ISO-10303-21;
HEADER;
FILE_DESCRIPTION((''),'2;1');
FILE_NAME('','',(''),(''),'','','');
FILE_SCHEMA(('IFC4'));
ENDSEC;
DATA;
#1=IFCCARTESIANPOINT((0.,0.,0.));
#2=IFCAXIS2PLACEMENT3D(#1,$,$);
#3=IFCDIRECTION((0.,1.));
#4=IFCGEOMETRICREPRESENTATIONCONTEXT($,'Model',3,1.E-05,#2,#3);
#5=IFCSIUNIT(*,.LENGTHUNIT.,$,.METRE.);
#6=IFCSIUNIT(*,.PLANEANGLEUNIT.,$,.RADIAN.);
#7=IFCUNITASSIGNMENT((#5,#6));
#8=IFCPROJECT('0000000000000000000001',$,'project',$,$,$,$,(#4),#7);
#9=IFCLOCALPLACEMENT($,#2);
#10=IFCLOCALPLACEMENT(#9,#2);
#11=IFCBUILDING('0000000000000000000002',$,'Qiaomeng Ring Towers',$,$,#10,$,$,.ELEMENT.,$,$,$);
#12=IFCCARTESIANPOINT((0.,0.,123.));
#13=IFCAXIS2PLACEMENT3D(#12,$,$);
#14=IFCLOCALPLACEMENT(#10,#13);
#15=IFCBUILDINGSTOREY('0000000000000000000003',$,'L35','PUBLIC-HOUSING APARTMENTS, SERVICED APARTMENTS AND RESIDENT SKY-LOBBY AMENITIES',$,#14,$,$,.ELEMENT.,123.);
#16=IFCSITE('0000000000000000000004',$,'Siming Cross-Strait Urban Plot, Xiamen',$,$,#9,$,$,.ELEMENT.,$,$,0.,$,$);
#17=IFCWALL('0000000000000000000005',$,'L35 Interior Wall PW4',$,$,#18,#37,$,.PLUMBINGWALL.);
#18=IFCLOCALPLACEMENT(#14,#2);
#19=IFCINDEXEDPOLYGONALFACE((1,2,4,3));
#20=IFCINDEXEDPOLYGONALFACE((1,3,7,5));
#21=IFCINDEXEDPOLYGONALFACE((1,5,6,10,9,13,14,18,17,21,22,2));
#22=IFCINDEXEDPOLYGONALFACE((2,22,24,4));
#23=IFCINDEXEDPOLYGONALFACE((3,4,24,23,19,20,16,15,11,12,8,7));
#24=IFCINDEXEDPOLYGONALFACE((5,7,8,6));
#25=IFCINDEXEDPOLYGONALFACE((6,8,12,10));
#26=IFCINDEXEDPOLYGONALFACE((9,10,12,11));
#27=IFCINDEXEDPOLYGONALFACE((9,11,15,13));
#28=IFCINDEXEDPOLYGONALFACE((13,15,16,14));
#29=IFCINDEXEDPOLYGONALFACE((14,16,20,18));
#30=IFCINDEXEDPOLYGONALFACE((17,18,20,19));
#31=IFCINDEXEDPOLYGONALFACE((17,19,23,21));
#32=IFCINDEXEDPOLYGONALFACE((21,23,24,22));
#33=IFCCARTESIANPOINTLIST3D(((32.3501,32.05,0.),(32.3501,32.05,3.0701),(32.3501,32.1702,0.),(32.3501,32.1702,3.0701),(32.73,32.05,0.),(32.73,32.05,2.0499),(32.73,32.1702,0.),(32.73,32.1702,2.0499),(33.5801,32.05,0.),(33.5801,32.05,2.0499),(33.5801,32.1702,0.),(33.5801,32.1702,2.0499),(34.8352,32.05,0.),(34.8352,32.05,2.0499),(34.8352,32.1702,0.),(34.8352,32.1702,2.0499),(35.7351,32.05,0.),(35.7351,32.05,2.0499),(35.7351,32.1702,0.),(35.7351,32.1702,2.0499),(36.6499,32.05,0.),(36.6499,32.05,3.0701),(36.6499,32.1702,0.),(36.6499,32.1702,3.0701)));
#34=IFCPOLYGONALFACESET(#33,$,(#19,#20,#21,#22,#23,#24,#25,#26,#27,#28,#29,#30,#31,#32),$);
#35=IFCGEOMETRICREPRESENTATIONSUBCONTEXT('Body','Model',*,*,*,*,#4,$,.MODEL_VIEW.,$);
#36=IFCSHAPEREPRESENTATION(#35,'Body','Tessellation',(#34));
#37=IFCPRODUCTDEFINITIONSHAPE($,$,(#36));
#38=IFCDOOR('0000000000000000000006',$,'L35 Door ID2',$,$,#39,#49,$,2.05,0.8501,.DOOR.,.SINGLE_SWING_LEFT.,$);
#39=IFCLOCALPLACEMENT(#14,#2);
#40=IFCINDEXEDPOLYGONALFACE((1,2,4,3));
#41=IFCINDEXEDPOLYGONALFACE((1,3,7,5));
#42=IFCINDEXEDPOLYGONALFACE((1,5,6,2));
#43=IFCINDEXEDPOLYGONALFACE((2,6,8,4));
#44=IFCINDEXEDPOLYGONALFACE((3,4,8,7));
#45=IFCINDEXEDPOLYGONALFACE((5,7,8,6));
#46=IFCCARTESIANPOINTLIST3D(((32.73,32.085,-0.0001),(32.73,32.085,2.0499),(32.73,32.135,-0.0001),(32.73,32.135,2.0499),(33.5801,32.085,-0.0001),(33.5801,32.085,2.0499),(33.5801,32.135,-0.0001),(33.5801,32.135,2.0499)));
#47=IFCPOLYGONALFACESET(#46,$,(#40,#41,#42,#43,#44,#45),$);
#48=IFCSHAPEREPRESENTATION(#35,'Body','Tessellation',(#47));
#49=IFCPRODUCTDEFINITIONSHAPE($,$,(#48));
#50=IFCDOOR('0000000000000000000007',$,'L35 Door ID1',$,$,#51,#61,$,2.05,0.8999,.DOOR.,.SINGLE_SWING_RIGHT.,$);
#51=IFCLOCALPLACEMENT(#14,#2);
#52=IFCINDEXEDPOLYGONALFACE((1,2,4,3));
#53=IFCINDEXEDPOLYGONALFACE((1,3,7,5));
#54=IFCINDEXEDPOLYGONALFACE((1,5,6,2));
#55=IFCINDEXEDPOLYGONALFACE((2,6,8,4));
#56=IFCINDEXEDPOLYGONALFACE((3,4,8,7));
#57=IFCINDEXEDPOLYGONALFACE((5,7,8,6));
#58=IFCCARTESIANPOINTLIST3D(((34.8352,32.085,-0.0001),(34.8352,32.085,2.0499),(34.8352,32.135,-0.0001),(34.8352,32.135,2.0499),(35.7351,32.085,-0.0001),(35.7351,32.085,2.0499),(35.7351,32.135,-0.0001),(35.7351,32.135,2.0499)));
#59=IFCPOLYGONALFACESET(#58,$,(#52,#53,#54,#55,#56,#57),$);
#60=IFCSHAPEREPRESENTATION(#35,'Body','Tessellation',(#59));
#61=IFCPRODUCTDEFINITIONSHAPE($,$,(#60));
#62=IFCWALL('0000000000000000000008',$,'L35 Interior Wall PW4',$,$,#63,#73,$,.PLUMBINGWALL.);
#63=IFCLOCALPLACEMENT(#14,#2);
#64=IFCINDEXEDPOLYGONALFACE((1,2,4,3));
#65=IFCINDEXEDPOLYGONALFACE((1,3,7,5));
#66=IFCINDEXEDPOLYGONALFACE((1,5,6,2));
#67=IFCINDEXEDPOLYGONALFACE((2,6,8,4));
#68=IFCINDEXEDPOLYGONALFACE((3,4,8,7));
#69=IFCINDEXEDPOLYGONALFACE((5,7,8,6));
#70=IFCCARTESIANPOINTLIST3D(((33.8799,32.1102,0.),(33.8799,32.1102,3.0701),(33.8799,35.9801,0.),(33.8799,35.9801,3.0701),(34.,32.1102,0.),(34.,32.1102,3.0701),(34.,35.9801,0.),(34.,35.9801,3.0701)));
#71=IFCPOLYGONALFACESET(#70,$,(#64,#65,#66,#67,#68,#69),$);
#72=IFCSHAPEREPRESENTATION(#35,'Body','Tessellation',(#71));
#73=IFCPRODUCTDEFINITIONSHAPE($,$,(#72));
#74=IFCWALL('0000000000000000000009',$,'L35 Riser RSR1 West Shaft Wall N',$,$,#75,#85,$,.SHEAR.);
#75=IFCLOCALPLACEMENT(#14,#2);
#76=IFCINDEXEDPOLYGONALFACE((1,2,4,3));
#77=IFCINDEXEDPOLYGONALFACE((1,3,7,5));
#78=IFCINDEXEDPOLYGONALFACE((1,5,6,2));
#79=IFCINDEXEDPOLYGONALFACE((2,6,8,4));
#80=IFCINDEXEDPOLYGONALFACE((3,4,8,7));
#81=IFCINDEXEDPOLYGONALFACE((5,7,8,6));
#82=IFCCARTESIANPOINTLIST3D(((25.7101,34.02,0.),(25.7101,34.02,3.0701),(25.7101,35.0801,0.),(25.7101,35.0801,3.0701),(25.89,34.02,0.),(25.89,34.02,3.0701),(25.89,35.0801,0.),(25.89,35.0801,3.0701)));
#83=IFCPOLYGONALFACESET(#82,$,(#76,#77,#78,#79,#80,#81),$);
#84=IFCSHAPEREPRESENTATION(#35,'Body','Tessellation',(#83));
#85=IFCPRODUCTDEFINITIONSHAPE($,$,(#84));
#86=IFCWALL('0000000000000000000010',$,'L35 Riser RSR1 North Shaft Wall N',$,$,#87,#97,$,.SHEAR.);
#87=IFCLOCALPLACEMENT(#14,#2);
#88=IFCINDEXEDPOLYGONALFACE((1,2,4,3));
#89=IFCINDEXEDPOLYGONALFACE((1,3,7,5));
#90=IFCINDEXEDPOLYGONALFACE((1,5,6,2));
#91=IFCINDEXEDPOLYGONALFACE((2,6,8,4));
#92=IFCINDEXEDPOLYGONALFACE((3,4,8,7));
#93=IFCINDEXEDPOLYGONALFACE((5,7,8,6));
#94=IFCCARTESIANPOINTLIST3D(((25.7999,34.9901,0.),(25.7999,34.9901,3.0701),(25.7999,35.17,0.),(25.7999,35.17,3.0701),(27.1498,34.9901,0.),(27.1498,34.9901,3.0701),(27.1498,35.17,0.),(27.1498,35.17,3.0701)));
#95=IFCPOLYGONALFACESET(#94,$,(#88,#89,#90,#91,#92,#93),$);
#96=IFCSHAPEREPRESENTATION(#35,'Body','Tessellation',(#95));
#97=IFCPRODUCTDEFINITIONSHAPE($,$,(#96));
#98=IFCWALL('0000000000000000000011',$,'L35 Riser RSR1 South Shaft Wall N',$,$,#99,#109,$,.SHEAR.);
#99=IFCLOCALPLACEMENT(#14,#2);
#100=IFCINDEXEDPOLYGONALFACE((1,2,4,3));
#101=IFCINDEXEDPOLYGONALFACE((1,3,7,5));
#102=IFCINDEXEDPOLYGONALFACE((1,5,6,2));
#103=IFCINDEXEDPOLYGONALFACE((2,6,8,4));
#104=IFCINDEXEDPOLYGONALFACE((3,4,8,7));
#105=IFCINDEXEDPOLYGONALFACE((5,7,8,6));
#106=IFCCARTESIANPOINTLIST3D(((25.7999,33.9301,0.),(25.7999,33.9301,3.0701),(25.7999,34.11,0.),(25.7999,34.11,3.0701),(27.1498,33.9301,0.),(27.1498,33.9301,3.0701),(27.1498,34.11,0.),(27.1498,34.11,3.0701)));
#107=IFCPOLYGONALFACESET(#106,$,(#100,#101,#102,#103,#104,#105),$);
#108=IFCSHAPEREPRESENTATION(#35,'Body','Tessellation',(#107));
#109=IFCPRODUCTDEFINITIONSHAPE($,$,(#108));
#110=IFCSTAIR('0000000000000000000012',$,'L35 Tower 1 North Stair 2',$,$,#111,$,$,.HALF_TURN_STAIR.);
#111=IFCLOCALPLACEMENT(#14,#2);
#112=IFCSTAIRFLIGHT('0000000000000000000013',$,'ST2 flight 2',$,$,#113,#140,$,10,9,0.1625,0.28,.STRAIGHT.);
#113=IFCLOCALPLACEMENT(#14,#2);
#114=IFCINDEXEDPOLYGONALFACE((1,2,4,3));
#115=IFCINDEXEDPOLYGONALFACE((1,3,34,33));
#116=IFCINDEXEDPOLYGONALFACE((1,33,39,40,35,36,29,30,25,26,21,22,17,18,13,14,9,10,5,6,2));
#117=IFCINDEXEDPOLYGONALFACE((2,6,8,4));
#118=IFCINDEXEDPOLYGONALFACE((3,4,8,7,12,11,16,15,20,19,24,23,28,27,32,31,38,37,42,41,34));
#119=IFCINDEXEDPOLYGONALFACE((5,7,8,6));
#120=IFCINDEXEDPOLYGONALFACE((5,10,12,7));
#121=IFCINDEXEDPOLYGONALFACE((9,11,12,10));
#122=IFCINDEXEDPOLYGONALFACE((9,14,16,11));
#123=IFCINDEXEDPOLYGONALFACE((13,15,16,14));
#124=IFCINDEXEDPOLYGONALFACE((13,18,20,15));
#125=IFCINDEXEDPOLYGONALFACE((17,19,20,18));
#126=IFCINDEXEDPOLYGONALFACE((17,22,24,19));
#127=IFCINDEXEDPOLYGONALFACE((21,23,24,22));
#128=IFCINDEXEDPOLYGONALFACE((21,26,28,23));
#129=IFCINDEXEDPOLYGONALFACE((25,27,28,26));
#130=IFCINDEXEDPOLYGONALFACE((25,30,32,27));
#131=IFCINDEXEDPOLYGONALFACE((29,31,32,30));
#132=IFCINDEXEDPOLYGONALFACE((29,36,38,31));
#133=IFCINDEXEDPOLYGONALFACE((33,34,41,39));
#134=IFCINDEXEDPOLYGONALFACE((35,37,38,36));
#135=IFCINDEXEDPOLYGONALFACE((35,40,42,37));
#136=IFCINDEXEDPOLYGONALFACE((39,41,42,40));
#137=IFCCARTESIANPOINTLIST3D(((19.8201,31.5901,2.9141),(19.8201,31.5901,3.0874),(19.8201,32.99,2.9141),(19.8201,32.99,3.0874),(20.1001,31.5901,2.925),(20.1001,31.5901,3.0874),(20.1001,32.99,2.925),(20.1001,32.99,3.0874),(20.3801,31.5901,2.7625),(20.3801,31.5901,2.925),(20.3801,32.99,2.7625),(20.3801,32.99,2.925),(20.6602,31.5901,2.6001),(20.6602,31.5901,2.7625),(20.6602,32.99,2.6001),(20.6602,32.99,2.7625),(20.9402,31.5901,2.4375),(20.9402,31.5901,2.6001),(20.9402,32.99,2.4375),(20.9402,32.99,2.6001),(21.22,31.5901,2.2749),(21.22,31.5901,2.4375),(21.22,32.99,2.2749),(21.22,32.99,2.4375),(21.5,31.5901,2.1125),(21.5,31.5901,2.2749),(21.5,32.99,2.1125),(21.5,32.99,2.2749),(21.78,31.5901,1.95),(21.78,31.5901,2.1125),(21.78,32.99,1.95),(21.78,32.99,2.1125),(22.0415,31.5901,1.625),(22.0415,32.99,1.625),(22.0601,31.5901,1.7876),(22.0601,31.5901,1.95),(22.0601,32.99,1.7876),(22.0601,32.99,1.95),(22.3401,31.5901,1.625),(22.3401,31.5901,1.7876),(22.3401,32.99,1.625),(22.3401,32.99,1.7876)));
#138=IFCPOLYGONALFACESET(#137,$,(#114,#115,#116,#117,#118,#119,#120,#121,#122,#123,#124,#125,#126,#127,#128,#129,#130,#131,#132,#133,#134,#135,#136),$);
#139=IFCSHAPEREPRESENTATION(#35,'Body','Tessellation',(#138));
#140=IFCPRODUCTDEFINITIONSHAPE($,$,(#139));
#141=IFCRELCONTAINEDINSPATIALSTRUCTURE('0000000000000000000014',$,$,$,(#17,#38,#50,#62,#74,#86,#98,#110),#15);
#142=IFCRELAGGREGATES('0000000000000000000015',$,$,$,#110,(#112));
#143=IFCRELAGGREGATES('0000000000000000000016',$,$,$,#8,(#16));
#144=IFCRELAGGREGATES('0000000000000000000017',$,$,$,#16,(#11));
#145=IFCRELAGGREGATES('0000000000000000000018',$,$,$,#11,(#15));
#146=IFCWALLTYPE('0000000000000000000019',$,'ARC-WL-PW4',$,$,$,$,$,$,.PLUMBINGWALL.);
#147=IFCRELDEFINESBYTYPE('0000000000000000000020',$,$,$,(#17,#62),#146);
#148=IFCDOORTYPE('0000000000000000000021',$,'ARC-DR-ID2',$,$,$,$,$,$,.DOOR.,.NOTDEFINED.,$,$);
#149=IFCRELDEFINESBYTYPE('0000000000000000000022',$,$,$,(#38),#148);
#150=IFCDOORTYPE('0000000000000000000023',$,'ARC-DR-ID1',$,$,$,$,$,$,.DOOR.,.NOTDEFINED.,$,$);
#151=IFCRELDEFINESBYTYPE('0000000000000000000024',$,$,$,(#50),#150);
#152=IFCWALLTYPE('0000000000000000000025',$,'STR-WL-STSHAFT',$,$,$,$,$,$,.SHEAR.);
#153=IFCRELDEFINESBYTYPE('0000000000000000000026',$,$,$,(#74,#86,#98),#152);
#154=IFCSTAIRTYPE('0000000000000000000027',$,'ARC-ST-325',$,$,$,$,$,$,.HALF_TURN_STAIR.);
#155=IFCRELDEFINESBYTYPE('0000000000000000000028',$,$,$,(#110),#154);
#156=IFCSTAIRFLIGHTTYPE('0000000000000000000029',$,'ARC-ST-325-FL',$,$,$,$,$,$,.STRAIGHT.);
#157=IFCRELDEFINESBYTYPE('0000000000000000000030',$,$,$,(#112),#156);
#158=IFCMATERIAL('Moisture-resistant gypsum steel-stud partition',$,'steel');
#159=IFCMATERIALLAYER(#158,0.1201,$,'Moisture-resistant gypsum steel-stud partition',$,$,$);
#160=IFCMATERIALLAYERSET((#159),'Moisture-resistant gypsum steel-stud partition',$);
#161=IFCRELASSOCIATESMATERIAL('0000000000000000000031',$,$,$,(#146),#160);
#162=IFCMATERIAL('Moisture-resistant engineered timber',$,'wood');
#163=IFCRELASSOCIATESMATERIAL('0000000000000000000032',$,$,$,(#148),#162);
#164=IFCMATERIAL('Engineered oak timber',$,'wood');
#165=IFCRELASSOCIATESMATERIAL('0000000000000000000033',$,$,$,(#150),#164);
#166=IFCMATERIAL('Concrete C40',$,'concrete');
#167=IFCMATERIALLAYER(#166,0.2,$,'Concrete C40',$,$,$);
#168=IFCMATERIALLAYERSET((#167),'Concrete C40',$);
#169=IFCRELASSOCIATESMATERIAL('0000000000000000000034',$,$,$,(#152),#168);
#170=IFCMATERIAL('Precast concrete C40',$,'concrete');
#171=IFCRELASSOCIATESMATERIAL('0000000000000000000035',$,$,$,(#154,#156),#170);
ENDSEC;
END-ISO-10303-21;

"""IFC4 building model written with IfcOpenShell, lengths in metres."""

from ifc_helpers import new_model, si_unit, direction, frame, frame_2d, origin, place, context, subcontext, project, spatial, polyline, rectangle, outline, extrude, source, transform, mapped, material, layer, layer_set, type_object, element, fill, aggregate, save


model = new_model("IFC4")

# Units and contexts
model_context = context("Model", 3, precision=1e-05, world=origin(), true_north=direction((0.0, 1.0)))
body_context = subcontext(model_context, "Body", "Model", "MODEL_VIEW")
ifc_project = project(units=[si_unit("LENGTHUNIT", "METRE"), si_unit("PLANEANGLEUNIT", "RADIAN")], contexts=[model_context])

# Site, building, storey
site_placement = place(None, origin())
site = spatial("IfcSite", under=ifc_project, at=site_placement, Name="Siming Cross-Strait Urban Plot, Xiamen", CompositionType="ELEMENT", RefElevation=0.0)
building_placement = place(site_placement, origin())
building = spatial("IfcBuilding", under=site, at=building_placement, Name="Qiaomeng Ring Towers", CompositionType="ELEMENT")
storey_placement = place(building_placement, frame((0.0, 0.0, 123.0)))
storey = spatial("IfcBuildingStorey", under=building, at=storey_placement, Name="L35", Description="PUBLIC-HOUSING APARTMENTS, SERVICED APARTMENTS AND RESIDENT SKY-LOBBY AMENITIES", CompositionType="ELEMENT", Elevation=123.0)

# Shared definitions
ifc_material_1 = material(Name="Precast concrete C40", Category="concrete")

# Wall, openings, doors
ifc_material_2 = material(Name="Moisture-resistant gypsum steel-stud partition", Category="steel")
ifc_layer_1 = layer(ifc_material_2, 0.1201, Name="Moisture-resistant gypsum steel-stud partition")
ifc_layer_set_1 = layer_set([ifc_layer_1], Name="Moisture-resistant gypsum steel-stud partition")
wall_type_1 = type_object("IfcWallType", Name="ARC-WL-PW4", PredefinedType="PLUMBINGWALL", material=ifc_layer_set_1)
wall_1_placement = place(storey_placement, frame((32.3501, 32.1101, 0.0), z_axis=(0.0, 0.0, 1.0), x_axis=(1.0, 0.0, 0.0)))
wall_1 = element("IfcWall", 1, at=wall_1_placement, inside=storey, type_object=wall_type_1, Name="L35 Interior Wall PW4", PredefinedType="PLUMBINGWALL", context=body_context, shape_type="SweptSolid", body=[
    extrude(rectangle(XDim=4.2998, YDim=0.1201, at=frame_2d((2.1499, 0.0))), origin(), (0.0, 0.0, 1.0), 3.0701),
])
opening_1_placement = place(wall_1_placement, frame((0.3799, 0.0, 0.0)))
opening_1 = element("IfcOpeningElement", 2, at=opening_1_placement, cuts=wall_1, PredefinedType="OPENING", context=body_context, shape_type="SweptSolid", body=[
    extrude(rectangle(XDim=0.8501, YDim=2.05, at=frame_2d((0.425, 1.0249))), frame((0.0, 0.0701, 0.0), z_axis=(0.0, -1.0, 0.0), x_axis=(1.0, 0.0, 0.0)), (0.0, 0.0, 1.0), 0.1401),
])
opening_2_placement = place(wall_1_placement, frame((2.4851, 0.0, 0.0)))
opening_2 = element("IfcOpeningElement", 3, at=opening_2_placement, cuts=wall_1, PredefinedType="OPENING", context=body_context, shape_type="SweptSolid", body=[
    extrude(rectangle(XDim=0.8999, YDim=2.05, at=frame_2d((0.45, 1.0249))), frame((0.0, 0.0701, 0.0), z_axis=(0.0, -1.0, 0.0), x_axis=(1.0, 0.0, 0.0)), (0.0, 0.0, 1.0), 0.1401),
])
ifc_material_3 = material(Name="Moisture-resistant engineered timber", Category="wood")
door_type_1 = type_object("IfcDoorType", Name="ARC-DR-ID2", OperationType="NOTDEFINED", PredefinedType="DOOR", material=ifc_material_3)
shared_shape_1 = source(origin(), body_context, "Body", "SweptSolid", [
    extrude(rectangle(XDim=0.8501, YDim=2.05, at=frame_2d((0.425, 1.0249))), frame((0.0, 0.0249, 0.0), z_axis=(0.0, -1.0, 0.0), x_axis=(1.0, 0.0, 0.0)), (0.0, 0.0, 1.0), 0.05),
])
door_1_placement = place(opening_1_placement, origin())
door_1 = element("IfcDoor", 4, at=door_1_placement, inside=storey, type_object=door_type_1, Name="L35 Door ID2", OperationType="SINGLE_SWING_LEFT", OverallHeight=2.05, OverallWidth=0.8501, PredefinedType="DOOR", context=body_context, shape_type="MappedRepresentation", body=[
    mapped(shared_shape_1, transform((0.0, 0.0, 0.0), x_axis=(1.0, 0.0, 0.0), y_axis=(0.0, 1.0, 0.0), z_axis=(0.0, 0.0, 1.0), scale=1.0)),
])
fill(opening_1, door_1)
ifc_material_4 = material(Name="Engineered oak timber", Category="wood")
door_type_2 = type_object("IfcDoorType", Name="ARC-DR-ID1", OperationType="NOTDEFINED", PredefinedType="DOOR", material=ifc_material_4)
shared_shape_2 = source(origin(), body_context, "Body", "SweptSolid", [
    extrude(rectangle(XDim=0.8999, YDim=2.05, at=frame_2d((0.45, 1.0249))), frame((0.0, 0.0249, 0.0), z_axis=(0.0, -1.0, 0.0), x_axis=(1.0, 0.0, 0.0)), (0.0, 0.0, 1.0), 0.05),
])
door_2_placement = place(opening_2_placement, origin())
door_2 = element("IfcDoor", 5, at=door_2_placement, inside=storey, type_object=door_type_2, Name="L35 Door ID1", OperationType="SINGLE_SWING_RIGHT", OverallHeight=2.05, OverallWidth=0.8999, PredefinedType="DOOR", context=body_context, shape_type="MappedRepresentation", body=[
    mapped(shared_shape_2, transform((0.0, 0.0, 0.0), x_axis=(1.0, 0.0, 0.0), y_axis=(0.0, 1.0, 0.0), z_axis=(0.0, 0.0, 1.0), scale=1.0)),
])
fill(opening_2, door_2)

# Walls
wall_2_placement = place(storey_placement, frame((33.9399, 32.1101, 0.0), z_axis=(0.0, 0.0, 1.0), x_axis=(0.0, 1.0, 0.0)))
element("IfcWall", 6, at=wall_2_placement, inside=storey, type_object=wall_type_1, Name="L35 Interior Wall PW4", PredefinedType="PLUMBINGWALL", context=body_context, shape_type="SweptSolid", body=[
    extrude(rectangle(XDim=3.8699, YDim=0.1201, at=frame_2d((1.9351, 0.0))), origin(), (0.0, 0.0, 1.0), 3.0701),
])
ifc_material_5 = material(Name="Concrete C40", Category="concrete")
ifc_layer_2 = layer(ifc_material_5, 0.2, Name="Concrete C40")
ifc_layer_set_2 = layer_set([ifc_layer_2], Name="Concrete C40")
wall_type_2 = type_object("IfcWallType", Name="STR-WL-STSHAFT", PredefinedType="SHEAR", material=ifc_layer_set_2)
wall_3_placement = place(storey_placement, frame((25.8, 34.02, 0.0), z_axis=(0.0, 0.0, 1.0), x_axis=(0.0, 1.0, 0.0)))
element("IfcWall", 7, at=wall_3_placement, inside=storey, type_object=wall_type_2, Name="L35 Riser RSR1 West Shaft Wall N", PredefinedType="SHEAR", context=body_context, shape_type="SweptSolid", body=[
    extrude(rectangle(XDim=1.0601, YDim=0.1799, at=frame_2d((0.53, 0.0))), origin(), (0.0, 0.0, 1.0), 3.0701),
])
for number, where, z_axis, x_axis, name in (
    (8, (25.8, 35.0801, 0.0), (0.0, 0.0, 1.0), (1.0, 0.0, 0.0), "L35 Riser RSR1 North Shaft Wall N"),
    (9, (25.8, 34.02, 0.0), (0.0, 0.0, 1.0), (1.0, 0.0, 0.0), "L35 Riser RSR1 South Shaft Wall N"),
):
    element("IfcWall", number, at=place(storey_placement, frame(where, z_axis=z_axis, x_axis=x_axis)), inside=storey, type_object=wall_type_2, Name=name, PredefinedType="SHEAR", context=body_context, shape_type="SweptSolid", body=[
        extrude(rectangle(XDim=1.3499, YDim=0.1799, at=frame_2d((0.6748, 0.0))), origin(), (0.0, 0.0, 1.0), 3.0701),
    ])

# Stair, stair flight
stair_type = type_object("IfcStairType", Name="ARC-ST-325", PredefinedType="HALF_TURN_STAIR", material=ifc_material_1)
stair_placement = place(storey_placement, origin())
stair = element("IfcStair", 10, at=stair_placement, inside=storey, type_object=stair_type, Name="L35 Tower 1 North Stair 2", PredefinedType="HALF_TURN_STAIR")
stair_flight_type = type_object("IfcStairFlightType", Name="ARC-ST-325-FL", PredefinedType="STRAIGHT", material=ifc_material_1)
shared_shape_3 = source(origin(), body_context, "Body", "SweptSolid", [
    extrude(outline(polyline([(0.0, 0.0), (0.0, 0.1626), (0.28, 0.1626), (0.28, 0.325), (0.5601, 0.325), (0.5601, 0.4875), (0.8401, 0.4875), (0.8401, 0.6499), (1.1201, 0.6499), (1.1201, 0.8125), (1.3999, 0.8125), (1.3999, 0.9751), (1.6799, 0.9751), (1.6799, 1.1375), (1.96, 1.1375), (1.96, 1.3), (2.24, 1.3), (2.24, 1.4624), (2.52, 1.4624), (2.52, 1.625), (2.52, 1.2891), (0.2986, 0.0), (0.0, 0.0)])), frame((0.0, 0.7, 0.0), z_axis=(0.0, -1.0, 0.0), x_axis=(1.0, 0.0, 0.0)), (0.0, 0.0, 1.0), 1.3999),
])
stair_flight_placement = place(storey_placement, frame((22.3401, 32.29, 1.625), z_axis=(0.0, 0.0, 1.0), x_axis=(-1.0, 0.0, 0.0)))
stair_flight = element("IfcStairFlight", 11, at=stair_flight_placement, type_object=stair_flight_type, Name="ST2 flight 2", NumberOfRisers=10, NumberOfTreads=9, PredefinedType="STRAIGHT", RiserHeight=0.1625, TreadLength=0.28, context=body_context, shape_type="MappedRepresentation", body=[
    mapped(shared_shape_3, transform((0.0, 0.0, 0.0), x_axis=(1.0, 0.0, 0.0), y_axis=(0.0, 1.0, 0.0), z_axis=(0.0, 0.0, 1.0), scale=1.0)),
])
aggregate(stair, [stair_flight])

save(model, "model.ifc")
